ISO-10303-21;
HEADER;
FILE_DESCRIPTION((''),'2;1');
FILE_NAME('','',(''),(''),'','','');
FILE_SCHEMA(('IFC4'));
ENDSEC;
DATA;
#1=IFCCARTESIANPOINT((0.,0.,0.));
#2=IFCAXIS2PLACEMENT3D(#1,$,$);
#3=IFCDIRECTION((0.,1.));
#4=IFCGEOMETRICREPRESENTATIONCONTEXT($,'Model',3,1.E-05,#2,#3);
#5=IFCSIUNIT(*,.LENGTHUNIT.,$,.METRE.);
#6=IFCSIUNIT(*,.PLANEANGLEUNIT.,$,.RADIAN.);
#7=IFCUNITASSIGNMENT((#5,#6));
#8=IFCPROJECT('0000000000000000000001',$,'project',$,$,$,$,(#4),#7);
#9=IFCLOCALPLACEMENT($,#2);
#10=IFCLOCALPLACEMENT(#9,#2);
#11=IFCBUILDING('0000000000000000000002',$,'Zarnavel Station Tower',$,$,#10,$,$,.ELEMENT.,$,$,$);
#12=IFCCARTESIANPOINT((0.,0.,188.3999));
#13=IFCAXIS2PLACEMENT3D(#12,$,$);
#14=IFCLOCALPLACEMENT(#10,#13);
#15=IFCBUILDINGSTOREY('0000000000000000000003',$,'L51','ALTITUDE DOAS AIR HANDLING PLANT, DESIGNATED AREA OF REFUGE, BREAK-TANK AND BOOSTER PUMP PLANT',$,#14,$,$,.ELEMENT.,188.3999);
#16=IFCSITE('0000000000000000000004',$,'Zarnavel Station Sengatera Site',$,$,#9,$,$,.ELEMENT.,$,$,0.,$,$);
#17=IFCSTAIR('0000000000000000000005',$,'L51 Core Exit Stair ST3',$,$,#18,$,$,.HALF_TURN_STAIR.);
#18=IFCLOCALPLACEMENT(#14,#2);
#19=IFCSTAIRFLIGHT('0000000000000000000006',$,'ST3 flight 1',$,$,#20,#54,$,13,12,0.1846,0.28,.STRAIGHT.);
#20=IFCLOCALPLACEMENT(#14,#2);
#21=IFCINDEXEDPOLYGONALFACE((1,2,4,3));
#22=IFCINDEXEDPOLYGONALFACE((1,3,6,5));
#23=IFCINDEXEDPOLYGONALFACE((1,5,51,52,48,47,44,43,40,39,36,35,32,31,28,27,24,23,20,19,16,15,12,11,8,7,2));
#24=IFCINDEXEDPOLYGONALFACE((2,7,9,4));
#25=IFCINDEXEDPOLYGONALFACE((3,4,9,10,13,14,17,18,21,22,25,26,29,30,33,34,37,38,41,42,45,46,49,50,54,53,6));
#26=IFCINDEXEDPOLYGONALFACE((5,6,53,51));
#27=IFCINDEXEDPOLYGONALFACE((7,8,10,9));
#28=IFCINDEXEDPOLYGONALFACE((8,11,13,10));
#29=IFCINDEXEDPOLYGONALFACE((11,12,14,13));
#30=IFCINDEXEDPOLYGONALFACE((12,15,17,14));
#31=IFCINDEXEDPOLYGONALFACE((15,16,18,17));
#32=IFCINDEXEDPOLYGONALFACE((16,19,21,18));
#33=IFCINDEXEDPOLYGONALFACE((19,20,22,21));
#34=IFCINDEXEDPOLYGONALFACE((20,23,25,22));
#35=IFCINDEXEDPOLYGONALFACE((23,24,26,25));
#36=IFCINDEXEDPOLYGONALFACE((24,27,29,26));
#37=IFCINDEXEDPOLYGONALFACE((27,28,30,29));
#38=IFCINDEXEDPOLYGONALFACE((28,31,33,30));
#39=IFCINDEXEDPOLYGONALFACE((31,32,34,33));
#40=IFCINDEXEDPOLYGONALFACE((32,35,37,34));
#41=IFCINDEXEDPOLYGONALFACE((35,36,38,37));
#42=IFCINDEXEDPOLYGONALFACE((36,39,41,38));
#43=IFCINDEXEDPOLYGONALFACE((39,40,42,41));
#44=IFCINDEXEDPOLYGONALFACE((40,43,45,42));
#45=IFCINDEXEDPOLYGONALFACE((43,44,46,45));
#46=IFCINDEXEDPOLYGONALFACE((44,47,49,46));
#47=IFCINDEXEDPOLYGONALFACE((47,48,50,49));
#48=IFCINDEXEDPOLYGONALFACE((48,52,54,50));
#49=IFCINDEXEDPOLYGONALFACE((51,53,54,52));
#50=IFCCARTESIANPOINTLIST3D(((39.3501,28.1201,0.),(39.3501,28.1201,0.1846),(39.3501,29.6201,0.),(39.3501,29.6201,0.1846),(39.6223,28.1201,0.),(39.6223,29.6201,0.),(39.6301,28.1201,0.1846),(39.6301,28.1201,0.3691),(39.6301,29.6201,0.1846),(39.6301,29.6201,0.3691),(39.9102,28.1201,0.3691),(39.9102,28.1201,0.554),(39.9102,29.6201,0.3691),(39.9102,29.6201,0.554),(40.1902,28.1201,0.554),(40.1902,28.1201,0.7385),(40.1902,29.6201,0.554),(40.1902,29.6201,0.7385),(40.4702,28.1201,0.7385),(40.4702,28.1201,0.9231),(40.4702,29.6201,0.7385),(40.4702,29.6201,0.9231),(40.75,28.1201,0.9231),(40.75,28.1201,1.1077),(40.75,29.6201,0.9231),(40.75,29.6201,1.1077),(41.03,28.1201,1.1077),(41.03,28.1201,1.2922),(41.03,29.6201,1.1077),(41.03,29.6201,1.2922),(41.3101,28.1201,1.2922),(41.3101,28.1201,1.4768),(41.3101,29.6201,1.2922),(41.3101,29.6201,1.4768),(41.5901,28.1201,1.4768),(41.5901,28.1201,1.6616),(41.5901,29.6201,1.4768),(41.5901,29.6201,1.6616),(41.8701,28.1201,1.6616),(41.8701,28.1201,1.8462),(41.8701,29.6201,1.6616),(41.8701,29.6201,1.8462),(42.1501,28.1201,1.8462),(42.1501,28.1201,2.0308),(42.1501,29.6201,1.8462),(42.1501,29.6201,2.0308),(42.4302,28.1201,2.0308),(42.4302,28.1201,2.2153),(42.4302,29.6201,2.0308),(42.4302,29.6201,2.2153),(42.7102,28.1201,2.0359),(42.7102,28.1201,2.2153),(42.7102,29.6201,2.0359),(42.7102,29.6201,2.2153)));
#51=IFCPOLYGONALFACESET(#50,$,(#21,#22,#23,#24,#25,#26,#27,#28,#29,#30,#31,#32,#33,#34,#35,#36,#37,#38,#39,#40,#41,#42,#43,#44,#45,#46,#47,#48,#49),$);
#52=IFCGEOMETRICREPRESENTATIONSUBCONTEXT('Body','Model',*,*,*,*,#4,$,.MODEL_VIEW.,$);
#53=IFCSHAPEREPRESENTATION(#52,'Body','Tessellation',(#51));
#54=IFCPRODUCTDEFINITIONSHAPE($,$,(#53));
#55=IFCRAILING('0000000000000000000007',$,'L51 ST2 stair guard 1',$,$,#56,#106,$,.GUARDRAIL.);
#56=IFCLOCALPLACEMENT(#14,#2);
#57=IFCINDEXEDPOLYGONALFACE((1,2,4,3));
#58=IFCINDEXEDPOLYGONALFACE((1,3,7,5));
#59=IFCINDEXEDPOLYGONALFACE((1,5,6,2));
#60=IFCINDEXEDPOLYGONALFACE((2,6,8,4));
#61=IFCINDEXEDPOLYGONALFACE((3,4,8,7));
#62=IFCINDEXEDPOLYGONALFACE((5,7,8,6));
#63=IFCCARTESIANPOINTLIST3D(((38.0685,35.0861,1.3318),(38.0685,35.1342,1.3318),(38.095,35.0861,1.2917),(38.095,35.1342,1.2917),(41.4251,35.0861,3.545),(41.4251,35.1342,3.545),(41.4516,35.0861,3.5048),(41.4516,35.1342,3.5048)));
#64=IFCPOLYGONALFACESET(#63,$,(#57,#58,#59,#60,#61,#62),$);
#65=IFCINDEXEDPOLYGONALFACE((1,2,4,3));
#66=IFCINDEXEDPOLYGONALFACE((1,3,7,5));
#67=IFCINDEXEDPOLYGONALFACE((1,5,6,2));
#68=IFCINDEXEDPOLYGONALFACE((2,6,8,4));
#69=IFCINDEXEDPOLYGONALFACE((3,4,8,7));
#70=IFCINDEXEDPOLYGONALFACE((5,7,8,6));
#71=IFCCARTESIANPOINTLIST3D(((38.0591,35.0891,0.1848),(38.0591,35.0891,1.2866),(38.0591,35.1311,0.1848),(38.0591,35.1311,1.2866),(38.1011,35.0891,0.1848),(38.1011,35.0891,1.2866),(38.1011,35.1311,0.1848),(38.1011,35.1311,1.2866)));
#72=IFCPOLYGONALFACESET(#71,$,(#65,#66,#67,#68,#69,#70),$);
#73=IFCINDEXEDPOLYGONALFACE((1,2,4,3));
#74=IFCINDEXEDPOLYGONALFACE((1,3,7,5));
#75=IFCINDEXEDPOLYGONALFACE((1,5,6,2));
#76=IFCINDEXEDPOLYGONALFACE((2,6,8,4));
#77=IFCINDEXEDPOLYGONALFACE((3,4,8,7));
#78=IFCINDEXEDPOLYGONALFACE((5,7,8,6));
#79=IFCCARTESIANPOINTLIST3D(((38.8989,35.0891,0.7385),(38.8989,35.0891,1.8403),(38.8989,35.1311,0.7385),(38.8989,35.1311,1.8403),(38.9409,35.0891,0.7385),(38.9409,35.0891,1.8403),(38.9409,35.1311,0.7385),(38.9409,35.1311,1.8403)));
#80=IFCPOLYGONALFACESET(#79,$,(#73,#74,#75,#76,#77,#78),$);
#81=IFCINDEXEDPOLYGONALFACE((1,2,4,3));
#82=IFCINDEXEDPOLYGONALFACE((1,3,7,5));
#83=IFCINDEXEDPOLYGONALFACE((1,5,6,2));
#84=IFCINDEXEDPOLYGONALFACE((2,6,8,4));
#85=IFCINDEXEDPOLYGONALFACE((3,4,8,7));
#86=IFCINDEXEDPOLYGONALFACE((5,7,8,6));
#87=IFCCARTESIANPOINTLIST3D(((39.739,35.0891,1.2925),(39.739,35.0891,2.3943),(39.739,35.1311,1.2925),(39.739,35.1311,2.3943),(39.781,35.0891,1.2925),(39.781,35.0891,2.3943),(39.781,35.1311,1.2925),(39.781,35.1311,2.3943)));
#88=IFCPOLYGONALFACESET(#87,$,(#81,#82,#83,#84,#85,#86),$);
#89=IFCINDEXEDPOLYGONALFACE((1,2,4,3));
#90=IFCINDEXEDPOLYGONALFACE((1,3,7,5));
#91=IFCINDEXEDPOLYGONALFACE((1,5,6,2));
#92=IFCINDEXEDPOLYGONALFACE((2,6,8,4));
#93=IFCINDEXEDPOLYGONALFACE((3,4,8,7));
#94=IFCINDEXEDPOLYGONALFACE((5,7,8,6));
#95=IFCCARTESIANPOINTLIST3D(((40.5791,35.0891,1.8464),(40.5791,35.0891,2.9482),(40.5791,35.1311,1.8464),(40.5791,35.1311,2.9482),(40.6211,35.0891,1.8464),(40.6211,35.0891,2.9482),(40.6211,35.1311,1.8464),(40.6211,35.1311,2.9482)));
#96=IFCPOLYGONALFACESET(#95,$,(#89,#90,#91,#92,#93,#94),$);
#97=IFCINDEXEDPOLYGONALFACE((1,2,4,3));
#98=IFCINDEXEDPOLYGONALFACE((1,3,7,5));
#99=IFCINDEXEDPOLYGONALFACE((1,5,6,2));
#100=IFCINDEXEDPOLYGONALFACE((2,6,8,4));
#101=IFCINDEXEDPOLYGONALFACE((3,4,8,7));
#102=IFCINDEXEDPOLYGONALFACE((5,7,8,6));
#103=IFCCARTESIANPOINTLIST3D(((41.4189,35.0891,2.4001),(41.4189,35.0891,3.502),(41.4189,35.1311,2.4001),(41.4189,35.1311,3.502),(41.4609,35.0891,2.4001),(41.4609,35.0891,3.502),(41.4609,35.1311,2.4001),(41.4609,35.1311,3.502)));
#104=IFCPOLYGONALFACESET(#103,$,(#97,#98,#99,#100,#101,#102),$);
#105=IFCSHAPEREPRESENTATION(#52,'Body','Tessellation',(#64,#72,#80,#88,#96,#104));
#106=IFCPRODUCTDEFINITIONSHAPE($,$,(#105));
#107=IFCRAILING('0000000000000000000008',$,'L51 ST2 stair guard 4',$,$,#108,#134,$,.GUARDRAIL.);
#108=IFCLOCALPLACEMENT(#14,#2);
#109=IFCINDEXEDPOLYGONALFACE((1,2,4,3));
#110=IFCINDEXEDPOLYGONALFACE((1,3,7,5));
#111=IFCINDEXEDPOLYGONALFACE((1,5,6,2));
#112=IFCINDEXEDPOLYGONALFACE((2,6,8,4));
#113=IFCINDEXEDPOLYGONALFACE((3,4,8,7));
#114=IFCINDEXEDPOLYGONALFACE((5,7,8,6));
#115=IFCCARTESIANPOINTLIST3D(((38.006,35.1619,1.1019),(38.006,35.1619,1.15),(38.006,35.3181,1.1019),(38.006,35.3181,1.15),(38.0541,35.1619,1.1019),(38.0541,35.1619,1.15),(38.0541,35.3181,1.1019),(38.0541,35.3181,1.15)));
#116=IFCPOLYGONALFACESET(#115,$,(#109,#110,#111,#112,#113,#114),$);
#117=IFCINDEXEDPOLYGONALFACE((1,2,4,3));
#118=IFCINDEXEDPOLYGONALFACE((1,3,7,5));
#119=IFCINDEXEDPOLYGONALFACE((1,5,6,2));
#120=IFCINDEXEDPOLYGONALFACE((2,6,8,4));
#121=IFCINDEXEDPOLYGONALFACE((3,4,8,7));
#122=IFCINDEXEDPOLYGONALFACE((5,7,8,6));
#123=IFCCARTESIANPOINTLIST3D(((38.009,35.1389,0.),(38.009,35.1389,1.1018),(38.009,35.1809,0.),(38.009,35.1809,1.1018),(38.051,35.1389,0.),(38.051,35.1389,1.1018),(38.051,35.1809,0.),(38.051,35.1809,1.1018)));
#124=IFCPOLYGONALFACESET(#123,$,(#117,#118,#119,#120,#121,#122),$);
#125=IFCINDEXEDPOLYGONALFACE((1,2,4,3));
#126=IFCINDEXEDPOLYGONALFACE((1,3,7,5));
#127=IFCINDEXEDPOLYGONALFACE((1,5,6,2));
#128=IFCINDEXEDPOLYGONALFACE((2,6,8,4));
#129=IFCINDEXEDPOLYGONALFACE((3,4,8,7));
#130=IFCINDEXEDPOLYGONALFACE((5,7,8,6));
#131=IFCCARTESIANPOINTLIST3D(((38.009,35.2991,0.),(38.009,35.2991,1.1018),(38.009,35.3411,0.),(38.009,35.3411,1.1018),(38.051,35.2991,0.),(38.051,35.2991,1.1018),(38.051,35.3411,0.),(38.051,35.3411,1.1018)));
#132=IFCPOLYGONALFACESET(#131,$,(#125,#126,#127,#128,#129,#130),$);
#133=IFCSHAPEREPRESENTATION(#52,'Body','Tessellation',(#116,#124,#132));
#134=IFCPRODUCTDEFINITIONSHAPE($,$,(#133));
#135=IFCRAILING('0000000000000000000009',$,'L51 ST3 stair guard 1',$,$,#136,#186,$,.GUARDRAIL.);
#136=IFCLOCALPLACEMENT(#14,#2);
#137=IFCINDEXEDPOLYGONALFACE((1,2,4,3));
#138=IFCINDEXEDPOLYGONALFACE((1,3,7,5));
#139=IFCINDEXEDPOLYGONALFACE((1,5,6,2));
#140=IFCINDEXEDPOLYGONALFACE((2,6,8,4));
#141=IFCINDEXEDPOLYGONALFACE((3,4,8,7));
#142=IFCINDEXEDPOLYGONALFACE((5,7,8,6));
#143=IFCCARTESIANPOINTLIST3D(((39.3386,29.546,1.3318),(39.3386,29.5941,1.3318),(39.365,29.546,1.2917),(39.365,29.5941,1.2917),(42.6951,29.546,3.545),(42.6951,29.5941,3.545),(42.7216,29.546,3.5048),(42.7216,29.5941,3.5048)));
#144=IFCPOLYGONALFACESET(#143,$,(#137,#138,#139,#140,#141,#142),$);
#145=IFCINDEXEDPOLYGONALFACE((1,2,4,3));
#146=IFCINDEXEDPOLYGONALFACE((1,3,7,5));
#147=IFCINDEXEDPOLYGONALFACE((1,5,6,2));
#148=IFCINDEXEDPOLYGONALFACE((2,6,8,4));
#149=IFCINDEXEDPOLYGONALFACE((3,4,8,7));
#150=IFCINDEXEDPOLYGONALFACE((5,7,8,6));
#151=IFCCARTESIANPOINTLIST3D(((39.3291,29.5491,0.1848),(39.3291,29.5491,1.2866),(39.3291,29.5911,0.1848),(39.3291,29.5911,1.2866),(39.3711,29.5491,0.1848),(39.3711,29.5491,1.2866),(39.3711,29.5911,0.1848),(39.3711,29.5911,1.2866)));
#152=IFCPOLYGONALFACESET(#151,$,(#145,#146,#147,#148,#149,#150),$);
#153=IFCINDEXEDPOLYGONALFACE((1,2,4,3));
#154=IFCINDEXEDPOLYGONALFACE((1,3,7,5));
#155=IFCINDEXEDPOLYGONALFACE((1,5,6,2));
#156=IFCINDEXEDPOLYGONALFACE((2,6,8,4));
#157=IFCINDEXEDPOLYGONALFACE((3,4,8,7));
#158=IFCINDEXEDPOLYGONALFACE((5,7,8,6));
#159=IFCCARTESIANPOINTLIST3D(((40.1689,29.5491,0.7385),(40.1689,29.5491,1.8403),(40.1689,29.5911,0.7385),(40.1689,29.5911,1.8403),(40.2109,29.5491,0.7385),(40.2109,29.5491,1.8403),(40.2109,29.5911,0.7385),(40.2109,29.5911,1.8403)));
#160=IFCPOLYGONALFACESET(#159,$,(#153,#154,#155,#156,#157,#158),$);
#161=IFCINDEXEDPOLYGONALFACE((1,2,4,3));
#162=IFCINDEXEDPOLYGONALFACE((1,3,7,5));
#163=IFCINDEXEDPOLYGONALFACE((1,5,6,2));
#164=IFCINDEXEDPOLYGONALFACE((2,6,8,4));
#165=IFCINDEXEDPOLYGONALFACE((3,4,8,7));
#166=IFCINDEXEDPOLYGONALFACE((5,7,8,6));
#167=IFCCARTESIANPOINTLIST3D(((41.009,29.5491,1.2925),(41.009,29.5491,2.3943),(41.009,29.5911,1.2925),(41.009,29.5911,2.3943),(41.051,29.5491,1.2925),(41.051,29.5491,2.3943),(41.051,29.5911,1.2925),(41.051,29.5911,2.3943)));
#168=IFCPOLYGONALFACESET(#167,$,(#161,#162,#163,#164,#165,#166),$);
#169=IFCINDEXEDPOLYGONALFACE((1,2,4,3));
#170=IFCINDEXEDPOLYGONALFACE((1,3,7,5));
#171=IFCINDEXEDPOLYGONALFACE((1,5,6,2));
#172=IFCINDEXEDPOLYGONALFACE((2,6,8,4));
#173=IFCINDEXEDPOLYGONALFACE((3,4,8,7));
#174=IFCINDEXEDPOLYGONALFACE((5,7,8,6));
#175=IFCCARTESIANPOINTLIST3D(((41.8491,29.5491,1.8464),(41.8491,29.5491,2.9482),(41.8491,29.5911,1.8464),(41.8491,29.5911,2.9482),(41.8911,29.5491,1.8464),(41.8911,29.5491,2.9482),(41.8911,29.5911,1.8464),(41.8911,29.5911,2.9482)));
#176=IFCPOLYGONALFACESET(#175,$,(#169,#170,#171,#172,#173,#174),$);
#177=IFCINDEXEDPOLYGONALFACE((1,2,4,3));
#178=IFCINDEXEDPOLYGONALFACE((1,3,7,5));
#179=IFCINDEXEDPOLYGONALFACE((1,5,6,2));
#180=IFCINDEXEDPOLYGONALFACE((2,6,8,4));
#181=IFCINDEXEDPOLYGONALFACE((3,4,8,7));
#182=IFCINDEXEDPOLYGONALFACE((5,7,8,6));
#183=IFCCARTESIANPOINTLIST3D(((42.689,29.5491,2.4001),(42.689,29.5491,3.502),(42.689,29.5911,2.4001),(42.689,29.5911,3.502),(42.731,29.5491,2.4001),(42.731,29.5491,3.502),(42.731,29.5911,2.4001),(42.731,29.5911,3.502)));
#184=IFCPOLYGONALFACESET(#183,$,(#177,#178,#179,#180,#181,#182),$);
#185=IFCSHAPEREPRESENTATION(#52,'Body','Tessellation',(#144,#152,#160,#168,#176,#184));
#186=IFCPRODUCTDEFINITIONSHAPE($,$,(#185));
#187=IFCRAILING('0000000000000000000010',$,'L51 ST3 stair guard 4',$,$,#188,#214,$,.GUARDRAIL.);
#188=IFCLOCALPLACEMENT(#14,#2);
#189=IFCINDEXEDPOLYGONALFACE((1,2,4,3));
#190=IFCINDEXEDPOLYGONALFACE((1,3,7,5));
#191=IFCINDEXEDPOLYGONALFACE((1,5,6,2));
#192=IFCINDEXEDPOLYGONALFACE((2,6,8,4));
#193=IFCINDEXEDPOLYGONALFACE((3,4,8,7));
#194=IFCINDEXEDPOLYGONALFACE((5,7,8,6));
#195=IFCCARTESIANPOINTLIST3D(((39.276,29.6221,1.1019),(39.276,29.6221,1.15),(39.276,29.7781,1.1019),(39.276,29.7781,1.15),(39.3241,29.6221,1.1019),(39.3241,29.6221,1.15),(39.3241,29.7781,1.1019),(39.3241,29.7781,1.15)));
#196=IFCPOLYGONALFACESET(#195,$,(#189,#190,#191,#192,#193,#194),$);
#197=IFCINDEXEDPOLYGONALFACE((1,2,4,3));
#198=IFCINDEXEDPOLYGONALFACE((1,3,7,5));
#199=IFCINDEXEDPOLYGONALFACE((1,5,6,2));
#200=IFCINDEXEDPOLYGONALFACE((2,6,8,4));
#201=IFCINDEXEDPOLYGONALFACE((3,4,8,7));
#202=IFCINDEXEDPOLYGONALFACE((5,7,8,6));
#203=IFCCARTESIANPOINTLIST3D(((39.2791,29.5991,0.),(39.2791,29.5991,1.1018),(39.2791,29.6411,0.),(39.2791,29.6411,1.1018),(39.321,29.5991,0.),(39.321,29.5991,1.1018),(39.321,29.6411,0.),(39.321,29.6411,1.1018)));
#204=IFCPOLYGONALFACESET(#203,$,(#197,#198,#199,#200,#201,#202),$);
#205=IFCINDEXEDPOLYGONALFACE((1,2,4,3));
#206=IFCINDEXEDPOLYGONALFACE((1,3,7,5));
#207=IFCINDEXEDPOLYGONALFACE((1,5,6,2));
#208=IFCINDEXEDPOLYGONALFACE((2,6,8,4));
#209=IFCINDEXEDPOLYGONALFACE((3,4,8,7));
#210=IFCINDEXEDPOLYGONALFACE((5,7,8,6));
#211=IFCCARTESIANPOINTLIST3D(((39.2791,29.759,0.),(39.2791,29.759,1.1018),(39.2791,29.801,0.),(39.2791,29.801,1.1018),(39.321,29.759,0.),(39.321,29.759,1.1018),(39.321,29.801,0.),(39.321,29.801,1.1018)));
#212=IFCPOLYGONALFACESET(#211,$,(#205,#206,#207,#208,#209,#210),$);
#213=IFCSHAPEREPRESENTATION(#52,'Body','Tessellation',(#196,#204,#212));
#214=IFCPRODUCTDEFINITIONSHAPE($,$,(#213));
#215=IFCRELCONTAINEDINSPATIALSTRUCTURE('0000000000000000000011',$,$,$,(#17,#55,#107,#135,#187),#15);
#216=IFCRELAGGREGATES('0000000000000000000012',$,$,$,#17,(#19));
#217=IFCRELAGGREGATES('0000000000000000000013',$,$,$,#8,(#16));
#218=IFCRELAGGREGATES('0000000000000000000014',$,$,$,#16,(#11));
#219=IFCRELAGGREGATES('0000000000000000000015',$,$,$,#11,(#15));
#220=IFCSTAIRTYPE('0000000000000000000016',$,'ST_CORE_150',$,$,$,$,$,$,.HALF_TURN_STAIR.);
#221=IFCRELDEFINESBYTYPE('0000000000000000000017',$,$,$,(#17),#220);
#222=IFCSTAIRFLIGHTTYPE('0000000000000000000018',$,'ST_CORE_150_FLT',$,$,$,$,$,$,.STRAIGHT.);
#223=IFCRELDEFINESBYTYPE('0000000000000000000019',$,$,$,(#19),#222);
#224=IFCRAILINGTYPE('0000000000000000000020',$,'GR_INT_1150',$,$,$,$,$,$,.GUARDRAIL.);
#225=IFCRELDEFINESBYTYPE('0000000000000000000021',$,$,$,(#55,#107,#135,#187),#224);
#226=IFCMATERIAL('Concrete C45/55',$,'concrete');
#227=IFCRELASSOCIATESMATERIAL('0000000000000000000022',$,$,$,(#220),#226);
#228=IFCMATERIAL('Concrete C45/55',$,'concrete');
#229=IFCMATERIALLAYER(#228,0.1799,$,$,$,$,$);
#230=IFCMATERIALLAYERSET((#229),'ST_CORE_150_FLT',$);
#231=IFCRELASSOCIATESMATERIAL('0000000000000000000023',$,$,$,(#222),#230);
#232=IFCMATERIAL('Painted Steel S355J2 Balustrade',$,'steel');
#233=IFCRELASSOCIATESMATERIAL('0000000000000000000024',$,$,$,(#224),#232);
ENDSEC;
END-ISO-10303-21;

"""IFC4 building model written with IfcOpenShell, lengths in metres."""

from ifc_helpers import new_model, si_unit, direction, frame, origin, origin_2d, place, context, subcontext, project, spatial, polyline, rectangle, outline, extrude, material, layer, layer_set, type_object, element, aggregate, save


model = new_model("IFC4")

# Units and contexts
model_context = context("Model", 3, precision=1e-05, world=origin(), true_north=direction((0.0, 1.0)))
body_context = subcontext(model_context, "Body", "Model", "MODEL_VIEW")
ifc_project = project(units=[si_unit("LENGTHUNIT", "METRE"), si_unit("PLANEANGLEUNIT", "RADIAN")], contexts=[model_context])

# Site, building, storey
site_placement = place(None, origin())
site = spatial("IfcSite", under=ifc_project, at=site_placement, Name="Zarnavel Station Sengatera Site", CompositionType="ELEMENT", RefElevation=0.0)
building_placement = place(site_placement, origin())
building = spatial("IfcBuilding", under=site, at=building_placement, Name="Zarnavel Station Tower", CompositionType="ELEMENT")
storey_placement = place(building_placement, frame((0.0, 0.0, 188.3999)))
storey = spatial("IfcBuildingStorey", under=building, at=storey_placement, Name="L51", Description="ALTITUDE DOAS AIR HANDLING PLANT, DESIGNATED AREA OF REFUGE, BREAK-TANK AND BOOSTER PUMP PLANT", CompositionType="ELEMENT", Elevation=188.3999)

# Stair, stair flight
ifc_material_1 = material(Name="Concrete C45/55", Category="concrete")
stair_type = type_object("IfcStairType", Name="ST_CORE_150", PredefinedType="HALF_TURN_STAIR", material=ifc_material_1)
ifc_material_2 = material(Name="Concrete C45/55", Category="concrete")
ifc_layer_1 = layer(ifc_material_2, 0.1799)
ifc_layer_set_1 = layer_set([ifc_layer_1], Name="ST_CORE_150_FLT")
stair_flight_type = type_object("IfcStairFlightType", Name="ST_CORE_150_FLT", PredefinedType="STRAIGHT", material=ifc_layer_set_1)
stair_1_placement = place(storey_placement, origin())
stair_1 = element("IfcStair", 1, at=stair_1_placement, inside=storey, type_object=stair_type, Name="L51 Core Exit Stair ST3", PredefinedType="HALF_TURN_STAIR")
stair_flight_1_placement = place(storey_placement, frame((39.3501, 28.8701, 0.0), z_axis=(0.0, 0.0, 1.0), x_axis=(1.0, 0.0, 0.0)))
stair_flight_1 = element("IfcStairFlight", 2, at=stair_flight_1_placement, type_object=stair_flight_type, Name="ST3 flight 1", NumberOfRisers=13, NumberOfTreads=12, PredefinedType="STRAIGHT", RiserHeight=0.1846, TreadLength=0.28, context=body_context, shape_type="SweptSolid", body=[
    extrude(outline(polyline([(0.0, 0.0), (0.0, 0.1846), (0.28, 0.1846), (0.28, 0.3691), (0.5601, 0.3691), (0.5601, 0.554), (0.8401, 0.554), (0.8401, 0.7385), (1.1201, 0.7385), (1.1201, 0.9231), (1.3999, 0.9231), (1.3999, 1.1077), (1.6799, 1.1077), (1.6799, 1.2922), (1.96, 1.2922), (1.96, 1.4768), (2.24, 1.4768), (2.24, 1.6616), (2.52, 1.6616), (2.52, 1.8462), (2.8, 1.8462), (2.8, 2.0308), (3.0801, 2.0308), (3.0801, 2.2153), (3.3601, 2.2153), (3.3601, 2.3999), (3.3601, 2.0359), (0.2722, 0.0), (0.0, 0.0)])), frame((0.0, 0.75, 0.0), z_axis=(0.0, -1.0, 0.0), x_axis=(1.0, 0.0, 0.0)), (0.0, 0.0, 1.0), 1.5),
])
aggregate(stair_1, [stair_flight_1])

# Railings
ifc_material_3 = material(Name="Painted Steel S355J2 Balustrade", Category="steel")
railing_type_1 = type_object("IfcRailingType", Name="GR_INT_1150", PredefinedType="GUARDRAIL", material=ifc_material_3)
railing_1_placement = place(storey_placement, frame((38.0801, 35.1101, 0.1848)))
element("IfcRailing", 3, at=railing_1_placement, inside=storey, type_object=railing_type_1, Name="L51 ST2 stair guard 1", PredefinedType="GUARDRAIL", context=body_context, shape_type="SweptSolid", body=[
    extrude(rectangle(XDim=0.0481, YDim=0.0481, at=origin_2d()), frame((0.0017, 0.0, 1.127), z_axis=(0.834858, 0.0, 0.550465), x_axis=(0.0, 1.0, 0.0)), (0.0, 0.0, 1.0), 4.0205),
    extrude(rectangle(XDim=0.042, YDim=0.042, at=origin_2d()), origin(), (0.0, 0.0, 1.0), 1.1018),
    extrude(rectangle(XDim=0.042, YDim=0.042, at=origin_2d()), frame((0.8398, 0.0, 0.5537)), (0.0, 0.0, 1.0), 1.1018),
    extrude(rectangle(XDim=0.042, YDim=0.042, at=origin_2d()), frame((1.6799, 0.0, 1.1077)), (0.0, 0.0, 1.0), 1.1018),
    extrude(rectangle(XDim=0.042, YDim=0.042, at=origin_2d()), frame((2.52, 0.0, 1.6616)), (0.0, 0.0, 1.0), 1.1018),
    extrude(rectangle(XDim=0.042, YDim=0.042, at=origin_2d()), frame((3.3599, 0.0, 2.2153)), (0.0, 0.0, 1.0), 1.1018),
])
railing_2_placement = place(storey_placement, frame((38.03, 35.1599, 0.0)))
element("IfcRailing", 4, at=railing_2_placement, inside=storey, type_object=railing_type_1, Name="L51 ST2 stair guard 4", PredefinedType="GUARDRAIL", context=body_context, shape_type="SweptSolid", body=[
    extrude(rectangle(XDim=0.0481, YDim=0.0481, at=origin_2d()), frame((0.0, 0.002, 1.126), z_axis=(0.0, 1.0, 0.0), x_axis=(-1.0, 0.0, 0.0)), (0.0, 0.0, 1.0), 0.1562),
    extrude(rectangle(XDim=0.042, YDim=0.042, at=origin_2d()), origin(), (0.0, 0.0, 1.0), 1.1018),
    extrude(rectangle(XDim=0.042, YDim=0.042, at=origin_2d()), frame((0.0, 0.1602, 0.0)), (0.0, 0.0, 1.0), 1.1018),
])
railing_3_placement = place(storey_placement, frame((39.3501, 29.5701, 0.1848)))
element("IfcRailing", 5, at=railing_3_placement, inside=storey, type_object=railing_type_1, Name="L51 ST3 stair guard 1", PredefinedType="GUARDRAIL", context=body_context, shape_type="SweptSolid", body=[
    extrude(rectangle(XDim=0.0481, YDim=0.0481, at=origin_2d()), frame((0.0017, 0.0, 1.127), z_axis=(0.834858, 0.0, 0.550465), x_axis=(0.0, 1.0, 0.0)), (0.0, 0.0, 1.0), 4.0205),
    extrude(rectangle(XDim=0.042, YDim=0.042, at=origin_2d()), origin(), (0.0, 0.0, 1.0), 1.1018),
    extrude(rectangle(XDim=0.042, YDim=0.042, at=origin_2d()), frame((0.8398, 0.0, 0.5537)), (0.0, 0.0, 1.0), 1.1018),
    extrude(rectangle(XDim=0.042, YDim=0.042, at=origin_2d()), frame((1.6799, 0.0, 1.1077)), (0.0, 0.0, 1.0), 1.1018),
    extrude(rectangle(XDim=0.042, YDim=0.042, at=origin_2d()), frame((2.52, 0.0, 1.6616)), (0.0, 0.0, 1.0), 1.1018),
    extrude(rectangle(XDim=0.042, YDim=0.042, at=origin_2d()), frame((3.3599, 0.0, 2.2153)), (0.0, 0.0, 1.0), 1.1018),
])
railing_4_placement = place(storey_placement, frame((39.3, 29.6201, 0.0)))
element("IfcRailing", 6, at=railing_4_placement, inside=storey, type_object=railing_type_1, Name="L51 ST3 stair guard 4", PredefinedType="GUARDRAIL", context=body_context, shape_type="SweptSolid", body=[
    extrude(rectangle(XDim=0.0481, YDim=0.0481, at=origin_2d()), frame((0.0, 0.002, 1.126), z_axis=(0.0, 1.0, 0.0), x_axis=(-1.0, 0.0, 0.0)), (0.0, 0.0, 1.0), 0.156),
    extrude(rectangle(XDim=0.042, YDim=0.042, at=origin_2d()), origin(), (0.0, 0.0, 1.0), 1.1018),
    extrude(rectangle(XDim=0.042, YDim=0.042, at=origin_2d()), frame((0.0, 0.1599, 0.0)), (0.0, 0.0, 1.0), 1.1018),
])

save(model, "model.ifc")
